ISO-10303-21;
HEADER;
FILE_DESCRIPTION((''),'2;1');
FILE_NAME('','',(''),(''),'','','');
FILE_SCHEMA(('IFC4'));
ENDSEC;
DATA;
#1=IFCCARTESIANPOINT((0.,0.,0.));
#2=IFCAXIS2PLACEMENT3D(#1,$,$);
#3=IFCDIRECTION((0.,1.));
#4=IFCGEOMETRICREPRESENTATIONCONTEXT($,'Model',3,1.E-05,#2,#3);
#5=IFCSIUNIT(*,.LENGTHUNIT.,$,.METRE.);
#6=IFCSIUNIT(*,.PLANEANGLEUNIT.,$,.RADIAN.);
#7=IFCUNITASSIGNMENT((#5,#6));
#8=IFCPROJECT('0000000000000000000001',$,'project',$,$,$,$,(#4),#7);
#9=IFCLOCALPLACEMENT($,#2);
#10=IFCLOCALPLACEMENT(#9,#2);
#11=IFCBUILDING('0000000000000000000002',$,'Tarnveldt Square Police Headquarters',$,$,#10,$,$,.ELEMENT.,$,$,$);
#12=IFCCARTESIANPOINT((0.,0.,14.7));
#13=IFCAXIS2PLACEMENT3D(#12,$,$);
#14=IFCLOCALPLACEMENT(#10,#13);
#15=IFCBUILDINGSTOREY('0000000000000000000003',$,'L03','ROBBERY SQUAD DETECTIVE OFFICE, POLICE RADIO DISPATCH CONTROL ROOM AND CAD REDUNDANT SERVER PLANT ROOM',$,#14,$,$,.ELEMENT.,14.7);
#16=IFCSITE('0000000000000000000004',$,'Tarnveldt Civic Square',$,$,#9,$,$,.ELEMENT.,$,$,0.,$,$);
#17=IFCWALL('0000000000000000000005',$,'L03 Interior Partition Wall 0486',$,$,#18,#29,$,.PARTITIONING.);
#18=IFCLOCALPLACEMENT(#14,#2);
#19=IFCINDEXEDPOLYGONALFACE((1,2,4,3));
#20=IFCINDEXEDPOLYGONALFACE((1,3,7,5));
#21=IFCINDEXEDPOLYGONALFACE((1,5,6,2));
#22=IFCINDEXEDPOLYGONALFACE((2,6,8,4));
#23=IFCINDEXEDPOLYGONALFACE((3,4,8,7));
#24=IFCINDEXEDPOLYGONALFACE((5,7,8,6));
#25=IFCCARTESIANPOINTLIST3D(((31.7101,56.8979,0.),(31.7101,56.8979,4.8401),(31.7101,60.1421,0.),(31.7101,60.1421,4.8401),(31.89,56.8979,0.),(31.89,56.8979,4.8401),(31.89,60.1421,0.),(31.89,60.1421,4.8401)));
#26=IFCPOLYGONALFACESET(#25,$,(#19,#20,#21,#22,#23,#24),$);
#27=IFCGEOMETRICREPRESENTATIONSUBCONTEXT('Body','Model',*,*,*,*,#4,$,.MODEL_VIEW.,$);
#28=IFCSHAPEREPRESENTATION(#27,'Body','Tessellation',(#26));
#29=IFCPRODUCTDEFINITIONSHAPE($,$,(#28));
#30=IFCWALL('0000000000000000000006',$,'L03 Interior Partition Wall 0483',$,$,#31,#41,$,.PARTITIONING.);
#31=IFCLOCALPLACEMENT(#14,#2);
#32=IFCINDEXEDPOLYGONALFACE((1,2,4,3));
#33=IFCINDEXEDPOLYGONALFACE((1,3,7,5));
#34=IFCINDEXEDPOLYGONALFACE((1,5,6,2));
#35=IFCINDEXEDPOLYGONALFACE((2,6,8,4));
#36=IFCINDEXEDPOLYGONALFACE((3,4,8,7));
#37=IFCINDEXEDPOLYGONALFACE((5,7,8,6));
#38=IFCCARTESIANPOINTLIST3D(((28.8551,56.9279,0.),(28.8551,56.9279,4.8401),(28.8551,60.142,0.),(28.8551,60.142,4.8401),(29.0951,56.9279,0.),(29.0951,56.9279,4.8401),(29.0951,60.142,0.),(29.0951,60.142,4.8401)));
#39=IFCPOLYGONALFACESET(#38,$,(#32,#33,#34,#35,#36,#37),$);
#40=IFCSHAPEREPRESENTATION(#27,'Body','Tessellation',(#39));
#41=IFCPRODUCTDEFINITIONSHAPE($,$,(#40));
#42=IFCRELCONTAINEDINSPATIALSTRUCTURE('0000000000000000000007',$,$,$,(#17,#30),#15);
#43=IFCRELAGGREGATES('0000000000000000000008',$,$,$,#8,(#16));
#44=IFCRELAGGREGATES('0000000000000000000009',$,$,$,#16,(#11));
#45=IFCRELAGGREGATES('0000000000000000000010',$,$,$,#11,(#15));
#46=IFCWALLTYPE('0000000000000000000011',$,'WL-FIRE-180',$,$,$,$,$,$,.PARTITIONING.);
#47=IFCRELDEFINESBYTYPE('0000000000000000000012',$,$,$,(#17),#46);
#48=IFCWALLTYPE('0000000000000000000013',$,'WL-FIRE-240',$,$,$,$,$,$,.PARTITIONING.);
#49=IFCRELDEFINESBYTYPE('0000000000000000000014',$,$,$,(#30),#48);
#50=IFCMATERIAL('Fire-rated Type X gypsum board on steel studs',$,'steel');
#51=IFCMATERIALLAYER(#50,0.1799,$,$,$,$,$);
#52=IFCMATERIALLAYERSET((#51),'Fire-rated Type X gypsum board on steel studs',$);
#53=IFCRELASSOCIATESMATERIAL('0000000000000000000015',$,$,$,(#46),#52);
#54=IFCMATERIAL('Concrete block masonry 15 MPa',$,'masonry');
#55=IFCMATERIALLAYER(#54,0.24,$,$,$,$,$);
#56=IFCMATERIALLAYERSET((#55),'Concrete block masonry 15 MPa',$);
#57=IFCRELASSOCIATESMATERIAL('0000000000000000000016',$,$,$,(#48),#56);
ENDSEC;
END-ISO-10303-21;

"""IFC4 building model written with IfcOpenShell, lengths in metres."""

from ifc_helpers import new_model, si_unit, direction, frame, frame_2d, origin, place, context, subcontext, project, spatial, rectangle, extrude, material, layer, layer_set, type_object, element, save


model = new_model("IFC4")

# Units and contexts
model_context = context("Model", 3, precision=1e-05, world=origin(), true_north=direction((0.0, 1.0)))
body_context = subcontext(model_context, "Body", "Model", "MODEL_VIEW")
ifc_project = project(units=[si_unit("LENGTHUNIT", "METRE"), si_unit("PLANEANGLEUNIT", "RADIAN")], contexts=[model_context])

# Site, building, storey
site_placement = place(None, origin())
site = spatial("IfcSite", under=ifc_project, at=site_placement, Name="Tarnveldt Civic Square", CompositionType="ELEMENT", RefElevation=0.0)
building_placement = place(site_placement, origin())
building = spatial("IfcBuilding", under=site, at=building_placement, Name="Tarnveldt Square Police Headquarters", CompositionType="ELEMENT")
storey_placement = place(building_placement, frame((0.0, 0.0, 14.7)))
storey = spatial("IfcBuildingStorey", under=building, at=storey_placement, Name="L03", Description="ROBBERY SQUAD DETECTIVE OFFICE, POLICE RADIO DISPATCH CONTROL ROOM AND CAD REDUNDANT SERVER PLANT ROOM", CompositionType="ELEMENT", Elevation=14.7)

# Shared definitions
ifc_material_1 = material(Name="Fire-rated Type X gypsum board on steel studs", Category="steel")
ifc_layer_1 = layer(ifc_material_1, 0.1799)
ifc_layer_set_1 = layer_set([ifc_layer_1], Name="Fire-rated Type X gypsum board on steel studs")
wall_type_1 = type_object("IfcWallType", Name="WL-FIRE-180", PredefinedType="PARTITIONING", material=ifc_layer_set_1)

# Walls
wall_1_placement = place(storey_placement, frame((31.8, 56.8979, 0.0), z_axis=(0.0, 0.0, 1.0), x_axis=(0.0, 1.0, 0.0)))
element("IfcWall", 1, at=wall_1_placement, inside=storey, type_object=wall_type_1, Name="L03 Interior Partition Wall 0486", PredefinedType="PARTITIONING", context=body_context, shape_type="SweptSolid", body=[
    extrude(rectangle(XDim=3.2441, YDim=0.1799, at=frame_2d((1.6221, 0.0))), origin(), (0.0, 0.0, 1.0), 4.8401),
])
ifc_material_2 = material(Name="Concrete block masonry 15 MPa", Category="masonry")
ifc_layer_2 = layer(ifc_material_2, 0.24)
ifc_layer_set_2 = layer_set([ifc_layer_2], Name="Concrete block masonry 15 MPa")
wall_type_2 = type_object("IfcWallType", Name="WL-FIRE-240", PredefinedType="PARTITIONING", material=ifc_layer_set_2)
wall_2_placement = place(storey_placement, frame((28.9751, 56.928, 0.0), z_axis=(0.0, 0.0, 1.0), x_axis=(0.0, 1.0, 0.0)))
element("IfcWall", 2, at=wall_2_placement, inside=storey, type_object=wall_type_2, Name="L03 Interior Partition Wall 0483", PredefinedType="PARTITIONING", context=body_context, shape_type="SweptSolid", body=[
    extrude(rectangle(XDim=3.2141, YDim=0.24, at=frame_2d((1.6069, 0.0))), origin(), (0.0, 0.0, 1.0), 4.8401),
])

save(model, "model.ifc")
